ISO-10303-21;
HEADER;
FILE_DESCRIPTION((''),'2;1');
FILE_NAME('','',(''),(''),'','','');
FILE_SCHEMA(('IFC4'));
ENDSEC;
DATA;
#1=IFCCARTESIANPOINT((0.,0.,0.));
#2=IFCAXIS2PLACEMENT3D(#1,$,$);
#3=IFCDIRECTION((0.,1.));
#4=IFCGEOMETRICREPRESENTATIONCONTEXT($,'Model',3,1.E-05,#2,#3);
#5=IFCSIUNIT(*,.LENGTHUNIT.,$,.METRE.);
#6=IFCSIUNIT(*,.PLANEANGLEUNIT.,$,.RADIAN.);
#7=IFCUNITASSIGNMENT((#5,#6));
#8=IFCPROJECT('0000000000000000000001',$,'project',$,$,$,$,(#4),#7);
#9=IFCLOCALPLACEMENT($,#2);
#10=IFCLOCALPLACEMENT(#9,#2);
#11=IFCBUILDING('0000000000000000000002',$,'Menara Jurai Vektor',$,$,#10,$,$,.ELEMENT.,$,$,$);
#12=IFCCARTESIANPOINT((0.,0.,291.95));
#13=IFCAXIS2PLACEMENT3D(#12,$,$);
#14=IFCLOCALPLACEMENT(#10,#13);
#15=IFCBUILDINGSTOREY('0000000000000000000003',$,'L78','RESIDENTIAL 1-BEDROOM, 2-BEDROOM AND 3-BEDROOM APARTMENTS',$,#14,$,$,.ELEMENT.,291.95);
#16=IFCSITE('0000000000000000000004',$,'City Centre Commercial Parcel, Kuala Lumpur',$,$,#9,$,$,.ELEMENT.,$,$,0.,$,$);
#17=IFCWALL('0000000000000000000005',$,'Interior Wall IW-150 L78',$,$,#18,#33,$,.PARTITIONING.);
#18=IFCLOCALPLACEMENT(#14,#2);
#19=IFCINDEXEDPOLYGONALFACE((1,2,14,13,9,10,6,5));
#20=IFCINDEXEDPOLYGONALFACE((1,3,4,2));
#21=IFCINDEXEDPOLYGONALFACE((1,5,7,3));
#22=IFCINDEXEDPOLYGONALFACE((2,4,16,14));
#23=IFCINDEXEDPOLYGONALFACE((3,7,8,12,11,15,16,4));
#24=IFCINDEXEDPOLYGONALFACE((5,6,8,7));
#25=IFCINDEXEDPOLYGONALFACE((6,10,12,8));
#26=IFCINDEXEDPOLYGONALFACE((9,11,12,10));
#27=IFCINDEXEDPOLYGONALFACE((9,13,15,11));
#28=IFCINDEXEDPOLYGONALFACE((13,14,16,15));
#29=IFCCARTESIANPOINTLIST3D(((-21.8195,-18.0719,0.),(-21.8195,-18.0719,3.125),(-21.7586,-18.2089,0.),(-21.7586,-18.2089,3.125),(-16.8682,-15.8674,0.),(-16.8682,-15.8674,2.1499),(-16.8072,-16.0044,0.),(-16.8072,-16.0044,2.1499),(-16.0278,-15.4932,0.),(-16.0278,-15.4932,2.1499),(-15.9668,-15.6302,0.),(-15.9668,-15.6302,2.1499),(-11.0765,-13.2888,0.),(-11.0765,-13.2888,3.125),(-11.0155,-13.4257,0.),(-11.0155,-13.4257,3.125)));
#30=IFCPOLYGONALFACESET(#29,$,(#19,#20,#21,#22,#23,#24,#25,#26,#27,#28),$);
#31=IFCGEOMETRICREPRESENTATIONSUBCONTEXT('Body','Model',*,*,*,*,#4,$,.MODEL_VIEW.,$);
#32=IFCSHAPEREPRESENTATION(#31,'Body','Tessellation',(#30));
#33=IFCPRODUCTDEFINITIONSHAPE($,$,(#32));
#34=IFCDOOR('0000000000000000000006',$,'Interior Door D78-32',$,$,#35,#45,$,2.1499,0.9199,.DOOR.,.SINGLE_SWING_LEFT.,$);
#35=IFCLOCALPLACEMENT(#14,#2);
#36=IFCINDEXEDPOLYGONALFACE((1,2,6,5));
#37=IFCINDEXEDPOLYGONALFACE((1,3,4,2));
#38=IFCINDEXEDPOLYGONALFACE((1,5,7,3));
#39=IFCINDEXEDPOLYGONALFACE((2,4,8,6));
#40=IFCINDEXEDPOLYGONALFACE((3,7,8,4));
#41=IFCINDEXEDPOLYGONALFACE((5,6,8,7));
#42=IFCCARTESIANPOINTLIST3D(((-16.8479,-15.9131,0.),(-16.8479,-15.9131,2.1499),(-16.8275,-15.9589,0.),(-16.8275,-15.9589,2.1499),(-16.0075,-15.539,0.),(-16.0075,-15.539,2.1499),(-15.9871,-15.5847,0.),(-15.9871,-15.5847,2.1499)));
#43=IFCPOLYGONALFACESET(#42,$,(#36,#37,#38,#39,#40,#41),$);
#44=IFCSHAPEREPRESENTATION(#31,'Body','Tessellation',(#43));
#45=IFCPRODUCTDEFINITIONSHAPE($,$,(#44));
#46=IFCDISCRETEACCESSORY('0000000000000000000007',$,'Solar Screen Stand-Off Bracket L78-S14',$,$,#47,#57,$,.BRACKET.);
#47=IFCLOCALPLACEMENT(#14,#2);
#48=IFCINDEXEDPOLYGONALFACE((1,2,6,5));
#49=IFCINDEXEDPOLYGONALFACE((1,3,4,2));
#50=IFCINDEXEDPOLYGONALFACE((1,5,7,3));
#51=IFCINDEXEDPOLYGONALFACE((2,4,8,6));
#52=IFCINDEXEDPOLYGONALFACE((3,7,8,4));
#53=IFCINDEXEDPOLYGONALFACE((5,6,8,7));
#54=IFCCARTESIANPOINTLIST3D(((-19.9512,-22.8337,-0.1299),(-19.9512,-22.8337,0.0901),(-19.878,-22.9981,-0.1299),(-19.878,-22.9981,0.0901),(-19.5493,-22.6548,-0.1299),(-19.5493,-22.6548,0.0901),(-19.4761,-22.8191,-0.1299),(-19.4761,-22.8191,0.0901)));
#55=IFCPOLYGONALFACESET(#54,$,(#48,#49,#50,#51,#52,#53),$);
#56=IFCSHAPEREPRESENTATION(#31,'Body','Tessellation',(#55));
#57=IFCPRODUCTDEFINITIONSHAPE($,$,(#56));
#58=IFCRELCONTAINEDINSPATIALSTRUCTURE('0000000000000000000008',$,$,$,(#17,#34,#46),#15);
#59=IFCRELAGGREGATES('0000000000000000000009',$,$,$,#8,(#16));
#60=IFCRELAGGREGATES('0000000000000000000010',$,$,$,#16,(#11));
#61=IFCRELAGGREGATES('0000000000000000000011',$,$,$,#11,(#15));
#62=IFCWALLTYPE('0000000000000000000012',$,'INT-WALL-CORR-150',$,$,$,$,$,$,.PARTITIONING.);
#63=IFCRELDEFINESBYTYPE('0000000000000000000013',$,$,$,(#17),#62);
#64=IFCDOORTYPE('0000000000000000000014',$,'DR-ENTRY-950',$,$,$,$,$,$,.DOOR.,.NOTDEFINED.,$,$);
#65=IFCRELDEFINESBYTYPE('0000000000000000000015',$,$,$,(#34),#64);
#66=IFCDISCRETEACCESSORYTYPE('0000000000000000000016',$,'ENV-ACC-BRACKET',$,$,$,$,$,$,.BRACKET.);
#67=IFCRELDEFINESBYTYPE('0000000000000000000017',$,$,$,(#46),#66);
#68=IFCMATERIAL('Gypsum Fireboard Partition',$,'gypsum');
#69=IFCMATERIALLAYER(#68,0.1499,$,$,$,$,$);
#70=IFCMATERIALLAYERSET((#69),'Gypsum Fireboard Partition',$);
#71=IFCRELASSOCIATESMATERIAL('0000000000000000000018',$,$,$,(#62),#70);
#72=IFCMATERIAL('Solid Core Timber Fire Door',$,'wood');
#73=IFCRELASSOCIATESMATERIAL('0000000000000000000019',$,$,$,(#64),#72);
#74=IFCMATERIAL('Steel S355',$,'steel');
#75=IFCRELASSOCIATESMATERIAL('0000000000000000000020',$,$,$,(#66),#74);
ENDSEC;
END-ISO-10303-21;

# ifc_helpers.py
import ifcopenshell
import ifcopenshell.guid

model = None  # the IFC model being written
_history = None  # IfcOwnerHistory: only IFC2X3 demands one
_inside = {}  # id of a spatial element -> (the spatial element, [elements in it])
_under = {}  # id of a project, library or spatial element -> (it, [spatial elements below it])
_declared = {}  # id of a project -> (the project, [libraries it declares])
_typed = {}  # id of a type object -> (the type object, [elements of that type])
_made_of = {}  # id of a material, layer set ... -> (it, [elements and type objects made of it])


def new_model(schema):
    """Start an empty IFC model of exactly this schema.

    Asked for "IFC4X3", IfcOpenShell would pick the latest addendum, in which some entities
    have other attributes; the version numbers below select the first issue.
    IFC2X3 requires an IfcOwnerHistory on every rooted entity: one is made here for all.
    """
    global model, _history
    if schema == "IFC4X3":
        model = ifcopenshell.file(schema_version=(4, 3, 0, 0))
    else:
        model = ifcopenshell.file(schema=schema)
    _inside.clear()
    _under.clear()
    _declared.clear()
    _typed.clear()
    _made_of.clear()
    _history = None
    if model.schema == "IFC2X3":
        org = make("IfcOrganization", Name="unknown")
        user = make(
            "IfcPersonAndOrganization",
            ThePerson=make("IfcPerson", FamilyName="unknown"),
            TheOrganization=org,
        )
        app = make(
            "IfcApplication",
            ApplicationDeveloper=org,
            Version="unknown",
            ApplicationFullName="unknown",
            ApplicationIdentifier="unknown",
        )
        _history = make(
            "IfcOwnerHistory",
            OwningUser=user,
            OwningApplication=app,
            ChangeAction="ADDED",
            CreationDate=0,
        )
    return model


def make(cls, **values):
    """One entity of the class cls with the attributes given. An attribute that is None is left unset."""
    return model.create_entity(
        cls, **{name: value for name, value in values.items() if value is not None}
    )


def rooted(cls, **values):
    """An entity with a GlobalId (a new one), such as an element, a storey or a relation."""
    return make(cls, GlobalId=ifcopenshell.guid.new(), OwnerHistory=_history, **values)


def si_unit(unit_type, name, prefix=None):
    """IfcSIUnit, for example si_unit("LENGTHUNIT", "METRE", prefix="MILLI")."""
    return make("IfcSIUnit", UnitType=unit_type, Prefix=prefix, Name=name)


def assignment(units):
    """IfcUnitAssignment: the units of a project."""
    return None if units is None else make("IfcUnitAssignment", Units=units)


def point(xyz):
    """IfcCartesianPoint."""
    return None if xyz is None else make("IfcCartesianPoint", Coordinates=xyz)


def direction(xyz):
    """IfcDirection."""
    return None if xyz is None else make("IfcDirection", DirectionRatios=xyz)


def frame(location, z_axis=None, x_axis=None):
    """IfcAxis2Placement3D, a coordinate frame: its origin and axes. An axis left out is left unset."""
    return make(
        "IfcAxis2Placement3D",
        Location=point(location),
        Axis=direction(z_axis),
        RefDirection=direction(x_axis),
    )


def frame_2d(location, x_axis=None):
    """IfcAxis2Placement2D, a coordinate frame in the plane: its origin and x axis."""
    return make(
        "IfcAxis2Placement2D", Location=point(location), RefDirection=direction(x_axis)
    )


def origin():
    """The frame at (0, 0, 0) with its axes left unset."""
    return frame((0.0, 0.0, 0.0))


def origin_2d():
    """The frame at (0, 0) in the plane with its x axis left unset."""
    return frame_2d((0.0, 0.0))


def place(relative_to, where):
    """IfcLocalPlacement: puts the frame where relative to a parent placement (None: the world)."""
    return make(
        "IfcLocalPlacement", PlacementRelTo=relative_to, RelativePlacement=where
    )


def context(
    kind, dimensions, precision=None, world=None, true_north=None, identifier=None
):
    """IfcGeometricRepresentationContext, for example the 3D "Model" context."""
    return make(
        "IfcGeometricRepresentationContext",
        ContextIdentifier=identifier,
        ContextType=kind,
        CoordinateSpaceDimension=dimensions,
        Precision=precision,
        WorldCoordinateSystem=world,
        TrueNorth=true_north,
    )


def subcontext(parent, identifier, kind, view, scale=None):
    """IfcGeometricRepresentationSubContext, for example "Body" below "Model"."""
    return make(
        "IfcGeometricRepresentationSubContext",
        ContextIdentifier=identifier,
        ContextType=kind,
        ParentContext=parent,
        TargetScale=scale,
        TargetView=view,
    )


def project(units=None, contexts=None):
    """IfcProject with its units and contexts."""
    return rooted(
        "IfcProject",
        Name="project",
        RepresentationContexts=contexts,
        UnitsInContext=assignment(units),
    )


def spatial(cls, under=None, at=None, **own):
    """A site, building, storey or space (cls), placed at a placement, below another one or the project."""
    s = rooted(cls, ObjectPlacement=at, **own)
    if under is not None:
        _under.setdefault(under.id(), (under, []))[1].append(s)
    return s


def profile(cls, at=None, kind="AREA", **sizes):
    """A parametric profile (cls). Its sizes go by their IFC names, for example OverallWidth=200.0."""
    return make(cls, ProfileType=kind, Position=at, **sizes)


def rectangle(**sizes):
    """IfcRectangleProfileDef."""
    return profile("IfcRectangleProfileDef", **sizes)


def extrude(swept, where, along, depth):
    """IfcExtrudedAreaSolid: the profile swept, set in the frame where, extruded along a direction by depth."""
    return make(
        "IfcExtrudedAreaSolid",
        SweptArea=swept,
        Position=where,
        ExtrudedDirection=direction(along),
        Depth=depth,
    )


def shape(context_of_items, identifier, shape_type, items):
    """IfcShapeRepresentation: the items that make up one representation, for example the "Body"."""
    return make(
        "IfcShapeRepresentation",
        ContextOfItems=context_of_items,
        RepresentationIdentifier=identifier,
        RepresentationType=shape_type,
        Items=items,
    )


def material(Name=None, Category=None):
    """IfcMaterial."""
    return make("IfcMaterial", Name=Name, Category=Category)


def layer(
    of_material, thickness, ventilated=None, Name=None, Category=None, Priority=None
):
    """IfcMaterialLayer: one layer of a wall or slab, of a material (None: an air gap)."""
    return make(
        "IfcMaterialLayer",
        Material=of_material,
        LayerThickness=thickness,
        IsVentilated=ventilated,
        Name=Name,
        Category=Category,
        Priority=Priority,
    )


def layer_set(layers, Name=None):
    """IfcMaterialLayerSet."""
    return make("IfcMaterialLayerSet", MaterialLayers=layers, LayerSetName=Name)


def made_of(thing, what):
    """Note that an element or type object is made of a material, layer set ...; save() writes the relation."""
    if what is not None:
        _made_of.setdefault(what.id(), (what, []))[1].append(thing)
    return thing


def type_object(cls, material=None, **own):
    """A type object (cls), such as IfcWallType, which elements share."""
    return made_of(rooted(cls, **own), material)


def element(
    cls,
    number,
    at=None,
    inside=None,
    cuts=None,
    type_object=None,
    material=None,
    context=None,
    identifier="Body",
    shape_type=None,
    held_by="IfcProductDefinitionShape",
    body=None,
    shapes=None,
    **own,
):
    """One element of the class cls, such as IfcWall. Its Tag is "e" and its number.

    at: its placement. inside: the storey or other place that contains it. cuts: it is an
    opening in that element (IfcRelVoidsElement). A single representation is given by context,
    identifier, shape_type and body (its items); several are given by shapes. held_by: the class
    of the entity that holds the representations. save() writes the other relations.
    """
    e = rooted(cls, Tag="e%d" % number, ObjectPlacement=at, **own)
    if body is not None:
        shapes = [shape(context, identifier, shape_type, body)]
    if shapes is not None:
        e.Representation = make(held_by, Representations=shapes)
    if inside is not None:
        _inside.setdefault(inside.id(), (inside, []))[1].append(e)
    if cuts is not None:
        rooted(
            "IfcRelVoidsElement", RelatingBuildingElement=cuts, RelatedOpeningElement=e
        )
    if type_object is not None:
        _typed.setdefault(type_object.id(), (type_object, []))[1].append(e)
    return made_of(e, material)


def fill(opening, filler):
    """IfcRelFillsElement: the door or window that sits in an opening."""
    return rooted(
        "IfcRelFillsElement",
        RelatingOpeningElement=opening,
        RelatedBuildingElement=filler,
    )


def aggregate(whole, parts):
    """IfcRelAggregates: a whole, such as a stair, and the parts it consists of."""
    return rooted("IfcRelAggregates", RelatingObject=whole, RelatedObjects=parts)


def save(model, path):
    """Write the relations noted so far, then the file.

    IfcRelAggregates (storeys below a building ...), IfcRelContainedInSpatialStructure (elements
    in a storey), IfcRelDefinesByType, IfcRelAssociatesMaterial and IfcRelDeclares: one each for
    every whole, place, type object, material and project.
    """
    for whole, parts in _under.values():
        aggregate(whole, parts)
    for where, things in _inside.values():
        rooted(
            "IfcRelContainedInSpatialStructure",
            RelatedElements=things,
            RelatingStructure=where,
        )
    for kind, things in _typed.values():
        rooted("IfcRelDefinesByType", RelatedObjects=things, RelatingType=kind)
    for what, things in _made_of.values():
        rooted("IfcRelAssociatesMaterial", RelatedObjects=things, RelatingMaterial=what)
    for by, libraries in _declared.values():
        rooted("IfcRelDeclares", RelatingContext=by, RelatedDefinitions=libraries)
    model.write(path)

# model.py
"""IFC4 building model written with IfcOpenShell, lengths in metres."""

from ifc_helpers import new_model, si_unit, direction, frame, frame_2d, origin, origin_2d, place, context, subcontext, project, spatial, rectangle, extrude, material, layer, layer_set, type_object, element, fill, save


model = new_model("IFC4")

# Units and contexts
model_context = context("Model", 3, precision=1e-05, world=origin(), true_north=direction((0.0, 1.0)))
body_context = subcontext(model_context, "Body", "Model", "MODEL_VIEW")
ifc_project = project(units=[si_unit("LENGTHUNIT", "METRE"), si_unit("PLANEANGLEUNIT", "RADIAN")], contexts=[model_context])

# Site, building, storey
site_placement = place(None, origin())
site = spatial("IfcSite", under=ifc_project, at=site_placement, Name="City Centre Commercial Parcel, Kuala Lumpur", CompositionType="ELEMENT", RefElevation=0.0)
building_placement = place(site_placement, origin())
building = spatial("IfcBuilding", under=site, at=building_placement, Name="Menara Jurai Vektor", CompositionType="ELEMENT")
storey_placement = place(building_placement, frame((0.0, 0.0, 291.95)))
storey = spatial("IfcBuildingStorey", under=building, at=storey_placement, Name="L78", Description="RESIDENTIAL 1-BEDROOM, 2-BEDROOM AND 3-BEDROOM APARTMENTS", CompositionType="ELEMENT", Elevation=291.95)

# Shared definitions
ifc_material_1 = material(Name="Steel S355", Category="steel")

# Shared definitions
ifc_material_2 = material(Name="Gypsum Fireboard Partition", Category="gypsum")
ifc_layer_1 = layer(ifc_material_2, 0.1499)
ifc_layer_set_1 = layer_set([ifc_layer_1], Name="Gypsum Fireboard Partition")
wall_type = type_object("IfcWallType", Name="INT-WALL-CORR-150", PredefinedType="PARTITIONING", material=ifc_layer_set_1)

# Wall, opening, door
ifc_material_3 = material(Name="Solid Core Timber Fire Door", Category="wood")
door_type = type_object("IfcDoorType", Name="DR-ENTRY-950", OperationType="NOTDEFINED", PredefinedType="DOOR", material=ifc_material_3)
wall_1_placement = place(storey_placement, frame((-21.7891, -18.1404, 0.0), z_axis=(0.0, 0.0, 1.0), x_axis=(0.913544, 0.406739, 0.0)))
wall_1 = element("IfcWall", 1, at=wall_1_placement, inside=storey, type_object=wall_type, Name="Interior Wall IW-150 L78", PredefinedType="PARTITIONING", context=body_context, shape_type="SweptSolid", body=[
    extrude(rectangle(XDim=11.7598, YDim=0.1499, at=frame_2d((5.8799, 0.0))), origin(), (0.0, 0.0, 1.0), 3.125),
])
opening_1_placement = place(wall_1_placement, frame((5.4199, 0.0, 0.0)))
opening_1 = element("IfcOpeningElement", 2, at=opening_1_placement, cuts=wall_1, PredefinedType="OPENING", context=body_context, shape_type="SweptSolid", body=[
    extrude(rectangle(XDim=0.9199, YDim=2.1499, at=frame_2d((0.46, 1.075))), frame((0.0, 0.085, 0.0), z_axis=(0.0, -1.0, 0.0), x_axis=(1.0, 0.0, 0.0)), (0.0, 0.0, 1.0), 0.1699),
])
door_1_placement = place(opening_1_placement, origin())
door_1 = element("IfcDoor", 3, at=door_1_placement, inside=storey, type_object=door_type, Name="Interior Door D78-32", OperationType="SINGLE_SWING_LEFT", OverallHeight=2.1499, OverallWidth=0.9199, PredefinedType="DOOR", context=body_context, shape_type="SweptSolid", body=[
    extrude(rectangle(XDim=0.9199, YDim=2.1499, at=frame_2d((0.46, 1.075))), frame((0.0, 0.0249, 0.0), z_axis=(0.0, -1.0, 0.0), x_axis=(1.0, 0.0, 0.0)), (0.0, 0.0, 1.0), 0.05),
])
fill(opening_1, door_1)

# Discrete accessory
discrete_accessory_type = type_object("IfcDiscreteAccessoryType", Name="ENV-ACC-BRACKET", PredefinedType="BRACKET", material=ifc_material_1)
discrete_accessory_placement = place(storey_placement, frame((-19.7136, -22.8264, -0.1299), z_axis=(0.0, 0.0, 1.0), x_axis=(0.406737, -0.913545, 0.0)))
element("IfcDiscreteAccessory", 4, at=discrete_accessory_placement, inside=storey, type_object=discrete_accessory_type, Name="Solar Screen Stand-Off Bracket L78-S14", PredefinedType="BRACKET", context=body_context, shape_type="SweptSolid", body=[
    extrude(rectangle(XDim=0.1799, YDim=0.4399, at=origin_2d()), origin(), (0.0, 0.0, 1.0), 0.22),
])

save(model, "model.ifc")
